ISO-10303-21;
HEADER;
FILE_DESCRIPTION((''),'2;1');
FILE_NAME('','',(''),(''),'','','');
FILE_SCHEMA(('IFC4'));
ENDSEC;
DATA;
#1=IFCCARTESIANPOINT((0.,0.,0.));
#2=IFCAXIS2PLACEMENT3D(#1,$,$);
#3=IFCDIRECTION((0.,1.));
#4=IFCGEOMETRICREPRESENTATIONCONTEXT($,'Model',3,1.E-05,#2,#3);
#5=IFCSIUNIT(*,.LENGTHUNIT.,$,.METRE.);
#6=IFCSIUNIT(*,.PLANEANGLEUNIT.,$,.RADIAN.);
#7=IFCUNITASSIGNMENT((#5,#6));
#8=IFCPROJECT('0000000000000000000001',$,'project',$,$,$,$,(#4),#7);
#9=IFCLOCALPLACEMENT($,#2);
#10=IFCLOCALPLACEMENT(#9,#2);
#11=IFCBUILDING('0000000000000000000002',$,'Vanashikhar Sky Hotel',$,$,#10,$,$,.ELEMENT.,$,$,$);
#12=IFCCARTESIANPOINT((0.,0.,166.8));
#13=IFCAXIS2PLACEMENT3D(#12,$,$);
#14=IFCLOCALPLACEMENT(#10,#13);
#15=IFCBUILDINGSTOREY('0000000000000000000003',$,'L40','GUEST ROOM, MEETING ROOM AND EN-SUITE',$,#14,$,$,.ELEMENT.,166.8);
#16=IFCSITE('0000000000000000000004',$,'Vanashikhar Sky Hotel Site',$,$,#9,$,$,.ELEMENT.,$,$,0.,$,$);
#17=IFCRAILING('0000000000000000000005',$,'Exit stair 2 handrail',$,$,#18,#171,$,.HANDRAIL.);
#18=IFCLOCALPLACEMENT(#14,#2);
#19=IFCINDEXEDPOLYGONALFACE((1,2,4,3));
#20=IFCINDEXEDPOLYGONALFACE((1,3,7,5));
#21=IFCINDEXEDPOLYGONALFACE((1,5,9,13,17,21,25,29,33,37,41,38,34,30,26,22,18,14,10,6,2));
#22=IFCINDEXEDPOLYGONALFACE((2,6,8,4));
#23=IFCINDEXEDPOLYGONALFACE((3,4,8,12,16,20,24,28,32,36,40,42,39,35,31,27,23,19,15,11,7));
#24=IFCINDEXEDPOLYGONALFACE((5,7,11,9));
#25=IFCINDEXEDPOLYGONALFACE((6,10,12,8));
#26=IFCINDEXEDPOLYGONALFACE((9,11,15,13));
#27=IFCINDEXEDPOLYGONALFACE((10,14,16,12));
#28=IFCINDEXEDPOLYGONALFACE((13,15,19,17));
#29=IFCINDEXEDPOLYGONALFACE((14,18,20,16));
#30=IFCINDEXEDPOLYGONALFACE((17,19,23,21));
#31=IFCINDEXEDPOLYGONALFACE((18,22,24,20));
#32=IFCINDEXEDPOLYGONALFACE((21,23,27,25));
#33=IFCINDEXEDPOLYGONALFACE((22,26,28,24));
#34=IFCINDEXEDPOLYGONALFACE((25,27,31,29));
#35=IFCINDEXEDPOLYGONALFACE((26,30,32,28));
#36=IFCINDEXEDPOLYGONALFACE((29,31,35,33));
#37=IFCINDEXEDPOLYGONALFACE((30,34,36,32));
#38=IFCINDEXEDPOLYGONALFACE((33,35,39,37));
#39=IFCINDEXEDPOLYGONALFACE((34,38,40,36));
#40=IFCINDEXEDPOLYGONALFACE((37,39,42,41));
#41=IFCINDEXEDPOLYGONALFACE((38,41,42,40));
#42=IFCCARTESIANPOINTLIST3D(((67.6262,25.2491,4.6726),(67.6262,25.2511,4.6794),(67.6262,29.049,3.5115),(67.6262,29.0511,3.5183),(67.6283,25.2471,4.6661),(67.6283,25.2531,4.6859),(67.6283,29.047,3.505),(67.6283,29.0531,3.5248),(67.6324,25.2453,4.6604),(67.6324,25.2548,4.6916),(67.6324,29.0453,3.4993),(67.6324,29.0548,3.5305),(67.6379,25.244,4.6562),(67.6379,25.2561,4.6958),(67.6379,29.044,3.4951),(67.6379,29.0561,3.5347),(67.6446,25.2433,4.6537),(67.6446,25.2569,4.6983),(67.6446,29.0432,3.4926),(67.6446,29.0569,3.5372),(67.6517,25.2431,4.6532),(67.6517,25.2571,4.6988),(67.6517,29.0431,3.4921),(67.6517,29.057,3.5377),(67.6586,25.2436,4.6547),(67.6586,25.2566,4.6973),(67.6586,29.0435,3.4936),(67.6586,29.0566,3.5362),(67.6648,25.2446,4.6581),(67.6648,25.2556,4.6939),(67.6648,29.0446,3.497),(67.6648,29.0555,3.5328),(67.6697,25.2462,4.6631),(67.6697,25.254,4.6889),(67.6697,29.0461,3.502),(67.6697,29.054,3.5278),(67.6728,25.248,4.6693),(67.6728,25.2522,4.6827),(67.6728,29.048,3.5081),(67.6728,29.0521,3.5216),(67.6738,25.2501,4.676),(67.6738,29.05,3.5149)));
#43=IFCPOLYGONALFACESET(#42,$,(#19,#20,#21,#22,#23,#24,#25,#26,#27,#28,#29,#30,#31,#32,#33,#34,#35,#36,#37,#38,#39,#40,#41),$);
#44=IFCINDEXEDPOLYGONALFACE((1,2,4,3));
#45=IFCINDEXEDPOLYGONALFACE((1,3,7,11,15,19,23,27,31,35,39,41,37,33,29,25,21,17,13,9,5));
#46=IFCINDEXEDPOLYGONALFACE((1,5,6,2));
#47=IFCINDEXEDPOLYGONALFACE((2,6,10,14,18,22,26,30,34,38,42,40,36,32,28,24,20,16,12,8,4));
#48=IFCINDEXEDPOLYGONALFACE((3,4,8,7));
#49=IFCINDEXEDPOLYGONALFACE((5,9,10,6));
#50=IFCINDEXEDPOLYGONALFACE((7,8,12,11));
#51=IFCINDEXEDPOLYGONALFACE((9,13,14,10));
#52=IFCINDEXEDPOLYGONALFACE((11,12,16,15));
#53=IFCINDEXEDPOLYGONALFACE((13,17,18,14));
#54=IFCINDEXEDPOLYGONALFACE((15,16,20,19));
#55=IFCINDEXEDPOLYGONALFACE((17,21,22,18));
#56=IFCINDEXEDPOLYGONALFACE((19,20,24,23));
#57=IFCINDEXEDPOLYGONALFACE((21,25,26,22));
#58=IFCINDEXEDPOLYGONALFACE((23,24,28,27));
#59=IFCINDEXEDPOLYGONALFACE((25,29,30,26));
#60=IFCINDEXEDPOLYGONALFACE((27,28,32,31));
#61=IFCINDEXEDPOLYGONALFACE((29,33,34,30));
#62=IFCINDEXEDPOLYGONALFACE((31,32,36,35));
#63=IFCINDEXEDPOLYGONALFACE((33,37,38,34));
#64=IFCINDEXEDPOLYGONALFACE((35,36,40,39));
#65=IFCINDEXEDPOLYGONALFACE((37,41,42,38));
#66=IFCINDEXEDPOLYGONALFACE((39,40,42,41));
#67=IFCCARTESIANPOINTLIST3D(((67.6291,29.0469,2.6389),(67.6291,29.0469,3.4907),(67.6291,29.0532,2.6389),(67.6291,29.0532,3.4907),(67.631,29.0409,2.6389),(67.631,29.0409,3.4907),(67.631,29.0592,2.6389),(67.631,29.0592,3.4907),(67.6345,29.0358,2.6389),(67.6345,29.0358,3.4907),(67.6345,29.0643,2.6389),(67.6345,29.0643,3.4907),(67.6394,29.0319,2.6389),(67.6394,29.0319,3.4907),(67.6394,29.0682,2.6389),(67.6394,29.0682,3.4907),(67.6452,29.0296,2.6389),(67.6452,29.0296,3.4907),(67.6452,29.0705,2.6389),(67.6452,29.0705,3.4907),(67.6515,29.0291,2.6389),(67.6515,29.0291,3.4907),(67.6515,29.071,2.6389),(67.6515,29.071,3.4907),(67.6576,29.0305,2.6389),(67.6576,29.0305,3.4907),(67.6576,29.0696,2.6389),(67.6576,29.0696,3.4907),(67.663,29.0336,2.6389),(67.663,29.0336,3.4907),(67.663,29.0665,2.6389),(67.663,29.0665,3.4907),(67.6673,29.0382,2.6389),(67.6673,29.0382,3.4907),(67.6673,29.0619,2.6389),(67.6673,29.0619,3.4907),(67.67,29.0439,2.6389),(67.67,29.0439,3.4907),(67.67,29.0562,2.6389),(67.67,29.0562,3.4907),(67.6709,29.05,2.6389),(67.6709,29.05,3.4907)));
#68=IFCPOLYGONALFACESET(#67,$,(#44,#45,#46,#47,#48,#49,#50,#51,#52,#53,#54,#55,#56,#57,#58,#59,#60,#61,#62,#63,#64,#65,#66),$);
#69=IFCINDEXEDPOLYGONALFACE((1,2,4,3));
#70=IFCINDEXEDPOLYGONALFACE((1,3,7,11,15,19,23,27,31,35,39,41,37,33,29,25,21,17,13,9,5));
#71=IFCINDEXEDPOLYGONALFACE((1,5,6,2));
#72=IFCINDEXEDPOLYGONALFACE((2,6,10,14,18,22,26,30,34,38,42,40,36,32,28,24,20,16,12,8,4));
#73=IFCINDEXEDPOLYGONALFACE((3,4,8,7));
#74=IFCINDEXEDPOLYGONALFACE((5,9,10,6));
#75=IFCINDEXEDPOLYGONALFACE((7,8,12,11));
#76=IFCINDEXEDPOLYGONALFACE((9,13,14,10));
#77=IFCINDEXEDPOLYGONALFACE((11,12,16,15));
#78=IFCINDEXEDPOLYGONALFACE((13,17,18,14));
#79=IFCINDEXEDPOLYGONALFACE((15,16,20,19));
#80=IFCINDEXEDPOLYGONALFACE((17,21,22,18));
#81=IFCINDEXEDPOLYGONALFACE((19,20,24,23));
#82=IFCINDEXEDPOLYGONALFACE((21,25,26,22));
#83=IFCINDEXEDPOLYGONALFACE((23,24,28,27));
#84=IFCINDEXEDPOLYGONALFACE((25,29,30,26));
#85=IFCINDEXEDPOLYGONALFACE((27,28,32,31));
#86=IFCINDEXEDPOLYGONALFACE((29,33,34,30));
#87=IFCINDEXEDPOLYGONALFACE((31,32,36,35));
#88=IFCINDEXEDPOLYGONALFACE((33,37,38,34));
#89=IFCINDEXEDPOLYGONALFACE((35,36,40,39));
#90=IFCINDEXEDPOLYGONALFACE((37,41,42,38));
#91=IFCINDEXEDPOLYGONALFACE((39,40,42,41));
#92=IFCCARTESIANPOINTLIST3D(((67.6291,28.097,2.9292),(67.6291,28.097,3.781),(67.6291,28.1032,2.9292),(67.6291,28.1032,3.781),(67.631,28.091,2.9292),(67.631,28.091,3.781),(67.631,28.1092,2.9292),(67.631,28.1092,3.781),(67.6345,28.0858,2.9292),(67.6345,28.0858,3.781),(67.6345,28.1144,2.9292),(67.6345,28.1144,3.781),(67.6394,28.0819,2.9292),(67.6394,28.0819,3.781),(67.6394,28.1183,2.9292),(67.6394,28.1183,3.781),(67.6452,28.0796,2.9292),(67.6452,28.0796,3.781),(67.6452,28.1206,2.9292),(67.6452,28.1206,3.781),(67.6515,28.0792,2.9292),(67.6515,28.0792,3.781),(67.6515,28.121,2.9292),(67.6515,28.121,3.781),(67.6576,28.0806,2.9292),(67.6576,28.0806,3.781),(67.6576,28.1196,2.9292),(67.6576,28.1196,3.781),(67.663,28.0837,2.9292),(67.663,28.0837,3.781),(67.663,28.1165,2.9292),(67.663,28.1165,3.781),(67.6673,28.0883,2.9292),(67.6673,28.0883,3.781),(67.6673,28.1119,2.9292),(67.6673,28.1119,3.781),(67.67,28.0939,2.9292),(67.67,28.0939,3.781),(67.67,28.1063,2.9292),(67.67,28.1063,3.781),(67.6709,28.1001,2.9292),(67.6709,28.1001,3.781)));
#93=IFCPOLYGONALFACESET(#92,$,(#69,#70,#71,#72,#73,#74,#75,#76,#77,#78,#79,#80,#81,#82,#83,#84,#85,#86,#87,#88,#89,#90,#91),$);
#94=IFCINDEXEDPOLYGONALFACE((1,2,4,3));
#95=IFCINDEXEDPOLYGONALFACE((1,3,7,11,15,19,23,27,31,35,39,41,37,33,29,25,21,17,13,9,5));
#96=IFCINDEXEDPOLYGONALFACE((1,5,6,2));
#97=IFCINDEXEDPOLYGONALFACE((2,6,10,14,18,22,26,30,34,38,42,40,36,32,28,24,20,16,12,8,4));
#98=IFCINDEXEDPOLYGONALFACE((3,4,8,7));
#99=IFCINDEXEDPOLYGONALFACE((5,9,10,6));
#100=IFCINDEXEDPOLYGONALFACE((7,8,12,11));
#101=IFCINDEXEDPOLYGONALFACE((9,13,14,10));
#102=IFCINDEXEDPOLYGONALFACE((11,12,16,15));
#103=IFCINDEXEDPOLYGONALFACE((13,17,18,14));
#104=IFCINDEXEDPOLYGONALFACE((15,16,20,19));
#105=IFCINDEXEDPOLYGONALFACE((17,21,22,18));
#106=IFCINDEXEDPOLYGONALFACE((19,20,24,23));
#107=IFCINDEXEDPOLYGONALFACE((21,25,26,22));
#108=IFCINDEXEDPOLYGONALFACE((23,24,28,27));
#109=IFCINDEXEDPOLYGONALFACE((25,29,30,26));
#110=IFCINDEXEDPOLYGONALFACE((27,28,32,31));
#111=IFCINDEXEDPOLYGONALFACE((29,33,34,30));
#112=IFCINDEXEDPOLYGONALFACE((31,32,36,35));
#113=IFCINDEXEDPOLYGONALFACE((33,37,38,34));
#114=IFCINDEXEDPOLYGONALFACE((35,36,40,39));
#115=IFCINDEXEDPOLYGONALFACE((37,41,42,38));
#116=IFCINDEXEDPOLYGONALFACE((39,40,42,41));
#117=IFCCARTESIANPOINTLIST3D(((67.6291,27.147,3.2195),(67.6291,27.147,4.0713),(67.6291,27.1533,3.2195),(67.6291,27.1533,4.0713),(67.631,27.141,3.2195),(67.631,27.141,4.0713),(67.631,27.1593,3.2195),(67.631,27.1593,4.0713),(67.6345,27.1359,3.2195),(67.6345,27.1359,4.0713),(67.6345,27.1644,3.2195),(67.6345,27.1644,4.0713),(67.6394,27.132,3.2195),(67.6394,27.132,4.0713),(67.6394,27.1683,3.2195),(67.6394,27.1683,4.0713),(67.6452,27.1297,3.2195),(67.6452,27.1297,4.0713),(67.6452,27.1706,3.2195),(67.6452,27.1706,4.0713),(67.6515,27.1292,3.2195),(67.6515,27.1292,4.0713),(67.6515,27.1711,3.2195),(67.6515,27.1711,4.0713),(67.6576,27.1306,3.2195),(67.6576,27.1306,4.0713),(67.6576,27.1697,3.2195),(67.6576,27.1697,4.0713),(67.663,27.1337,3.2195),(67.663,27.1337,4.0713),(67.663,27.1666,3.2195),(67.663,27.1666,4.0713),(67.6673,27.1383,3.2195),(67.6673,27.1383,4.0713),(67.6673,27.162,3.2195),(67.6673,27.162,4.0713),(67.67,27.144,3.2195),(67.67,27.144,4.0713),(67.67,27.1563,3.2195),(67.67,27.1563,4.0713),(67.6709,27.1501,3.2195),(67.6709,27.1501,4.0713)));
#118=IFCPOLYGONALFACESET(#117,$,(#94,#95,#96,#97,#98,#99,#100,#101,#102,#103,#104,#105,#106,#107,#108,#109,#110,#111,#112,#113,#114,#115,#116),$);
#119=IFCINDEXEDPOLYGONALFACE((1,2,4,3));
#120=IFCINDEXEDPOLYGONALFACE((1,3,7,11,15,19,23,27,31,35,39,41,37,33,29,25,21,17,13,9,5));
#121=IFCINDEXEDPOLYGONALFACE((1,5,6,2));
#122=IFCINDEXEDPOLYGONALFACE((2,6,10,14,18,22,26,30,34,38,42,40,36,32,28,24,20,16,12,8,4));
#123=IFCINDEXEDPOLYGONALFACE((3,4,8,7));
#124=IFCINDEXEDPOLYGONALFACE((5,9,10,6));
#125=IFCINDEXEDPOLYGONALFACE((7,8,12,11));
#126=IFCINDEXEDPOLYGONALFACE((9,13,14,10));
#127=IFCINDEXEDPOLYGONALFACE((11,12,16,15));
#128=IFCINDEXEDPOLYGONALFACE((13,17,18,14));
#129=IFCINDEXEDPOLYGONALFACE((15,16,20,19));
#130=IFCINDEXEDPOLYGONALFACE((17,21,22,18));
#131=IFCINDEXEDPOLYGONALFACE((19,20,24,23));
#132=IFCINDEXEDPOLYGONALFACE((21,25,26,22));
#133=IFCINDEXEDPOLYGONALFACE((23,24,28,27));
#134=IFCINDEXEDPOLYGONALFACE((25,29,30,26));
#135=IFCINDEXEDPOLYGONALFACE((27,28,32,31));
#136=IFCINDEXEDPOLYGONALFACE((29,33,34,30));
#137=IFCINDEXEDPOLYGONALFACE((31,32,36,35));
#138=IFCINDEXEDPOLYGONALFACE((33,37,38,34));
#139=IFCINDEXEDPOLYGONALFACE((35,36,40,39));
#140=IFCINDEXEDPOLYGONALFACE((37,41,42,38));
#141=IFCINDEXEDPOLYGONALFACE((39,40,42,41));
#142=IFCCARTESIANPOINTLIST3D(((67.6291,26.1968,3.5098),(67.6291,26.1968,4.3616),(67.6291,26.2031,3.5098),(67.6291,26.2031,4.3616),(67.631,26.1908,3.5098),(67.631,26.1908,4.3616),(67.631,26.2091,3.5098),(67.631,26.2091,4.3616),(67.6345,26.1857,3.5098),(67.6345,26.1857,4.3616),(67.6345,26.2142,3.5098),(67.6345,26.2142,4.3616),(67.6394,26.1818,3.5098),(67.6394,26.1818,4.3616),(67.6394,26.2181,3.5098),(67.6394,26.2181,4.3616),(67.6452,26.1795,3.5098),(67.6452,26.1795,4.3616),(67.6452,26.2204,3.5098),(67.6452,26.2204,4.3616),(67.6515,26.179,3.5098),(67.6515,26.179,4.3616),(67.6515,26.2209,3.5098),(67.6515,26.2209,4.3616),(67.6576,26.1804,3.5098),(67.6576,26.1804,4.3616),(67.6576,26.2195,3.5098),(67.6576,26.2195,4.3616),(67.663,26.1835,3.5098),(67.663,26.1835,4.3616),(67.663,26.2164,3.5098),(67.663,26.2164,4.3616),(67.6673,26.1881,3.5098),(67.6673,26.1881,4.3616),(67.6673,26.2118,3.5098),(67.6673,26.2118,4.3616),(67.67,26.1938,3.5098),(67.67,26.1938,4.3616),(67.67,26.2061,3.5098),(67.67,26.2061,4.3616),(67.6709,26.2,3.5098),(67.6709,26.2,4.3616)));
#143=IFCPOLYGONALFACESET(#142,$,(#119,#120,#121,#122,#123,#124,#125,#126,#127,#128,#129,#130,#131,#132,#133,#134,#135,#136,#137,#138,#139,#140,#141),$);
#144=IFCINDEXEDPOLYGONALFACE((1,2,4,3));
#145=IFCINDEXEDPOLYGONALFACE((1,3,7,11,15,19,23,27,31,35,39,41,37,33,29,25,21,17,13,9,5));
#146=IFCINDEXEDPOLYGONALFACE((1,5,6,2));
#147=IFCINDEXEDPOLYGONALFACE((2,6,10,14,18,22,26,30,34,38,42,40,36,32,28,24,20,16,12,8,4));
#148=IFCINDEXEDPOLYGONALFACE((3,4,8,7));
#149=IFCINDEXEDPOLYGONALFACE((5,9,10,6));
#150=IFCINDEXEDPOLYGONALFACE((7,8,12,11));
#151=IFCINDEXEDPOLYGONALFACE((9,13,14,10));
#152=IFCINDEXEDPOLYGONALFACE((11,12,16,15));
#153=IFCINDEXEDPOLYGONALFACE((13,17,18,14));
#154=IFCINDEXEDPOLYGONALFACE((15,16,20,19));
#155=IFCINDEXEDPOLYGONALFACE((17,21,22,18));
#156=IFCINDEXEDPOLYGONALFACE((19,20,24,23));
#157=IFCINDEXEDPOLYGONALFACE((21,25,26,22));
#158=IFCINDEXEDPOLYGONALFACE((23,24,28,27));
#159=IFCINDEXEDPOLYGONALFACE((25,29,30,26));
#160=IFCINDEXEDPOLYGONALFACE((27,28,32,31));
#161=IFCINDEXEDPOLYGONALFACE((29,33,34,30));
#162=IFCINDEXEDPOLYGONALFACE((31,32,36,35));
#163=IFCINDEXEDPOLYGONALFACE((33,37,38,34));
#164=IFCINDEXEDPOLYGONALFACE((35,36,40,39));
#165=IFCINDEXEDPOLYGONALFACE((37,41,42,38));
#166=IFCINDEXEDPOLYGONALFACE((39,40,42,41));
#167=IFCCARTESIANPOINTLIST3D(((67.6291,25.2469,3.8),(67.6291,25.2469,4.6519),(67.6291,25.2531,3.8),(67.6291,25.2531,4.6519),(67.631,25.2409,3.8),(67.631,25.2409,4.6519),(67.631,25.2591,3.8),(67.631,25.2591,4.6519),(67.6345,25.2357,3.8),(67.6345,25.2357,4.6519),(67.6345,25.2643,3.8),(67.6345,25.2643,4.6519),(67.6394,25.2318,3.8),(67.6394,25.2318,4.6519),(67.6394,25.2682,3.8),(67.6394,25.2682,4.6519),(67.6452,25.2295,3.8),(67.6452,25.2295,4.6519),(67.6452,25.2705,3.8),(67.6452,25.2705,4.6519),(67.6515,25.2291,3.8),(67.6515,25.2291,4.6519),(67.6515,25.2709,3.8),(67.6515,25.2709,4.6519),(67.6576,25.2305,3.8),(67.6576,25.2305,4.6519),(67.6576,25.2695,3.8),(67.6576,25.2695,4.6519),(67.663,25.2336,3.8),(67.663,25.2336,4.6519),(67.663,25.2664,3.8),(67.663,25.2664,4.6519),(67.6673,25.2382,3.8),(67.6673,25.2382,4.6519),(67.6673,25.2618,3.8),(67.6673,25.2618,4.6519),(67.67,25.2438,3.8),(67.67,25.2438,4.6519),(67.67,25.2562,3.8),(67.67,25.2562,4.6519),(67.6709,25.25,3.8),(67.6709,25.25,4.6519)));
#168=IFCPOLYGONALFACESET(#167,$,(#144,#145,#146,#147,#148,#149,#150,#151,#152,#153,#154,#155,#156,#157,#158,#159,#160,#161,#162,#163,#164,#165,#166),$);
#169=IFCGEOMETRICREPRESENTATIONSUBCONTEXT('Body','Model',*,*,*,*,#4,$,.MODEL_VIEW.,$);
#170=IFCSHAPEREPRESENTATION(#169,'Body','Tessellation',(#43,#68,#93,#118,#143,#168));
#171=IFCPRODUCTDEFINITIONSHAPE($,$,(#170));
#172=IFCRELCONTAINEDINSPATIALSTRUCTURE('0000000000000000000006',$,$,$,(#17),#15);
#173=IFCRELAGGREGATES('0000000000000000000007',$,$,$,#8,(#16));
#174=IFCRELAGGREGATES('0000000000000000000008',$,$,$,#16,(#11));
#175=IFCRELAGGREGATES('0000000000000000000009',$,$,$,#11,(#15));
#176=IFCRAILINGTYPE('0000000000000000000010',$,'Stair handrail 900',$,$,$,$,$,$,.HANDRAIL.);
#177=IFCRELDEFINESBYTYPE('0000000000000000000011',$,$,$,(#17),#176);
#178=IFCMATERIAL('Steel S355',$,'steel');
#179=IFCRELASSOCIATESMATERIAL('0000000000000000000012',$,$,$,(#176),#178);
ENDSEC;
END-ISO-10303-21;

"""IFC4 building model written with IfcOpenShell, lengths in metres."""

from ifc_helpers import new_model, si_unit, direction, frame, origin, origin_2d, place, context, subcontext, project, spatial, circle, extrude, source, transform, mapped, material, type_object, element, save


model = new_model("IFC4")

# Units and contexts
model_context = context("Model", 3, precision=1e-05, world=origin(), true_north=direction((0.0, 1.0)))
body_context = subcontext(model_context, "Body", "Model", "MODEL_VIEW")
ifc_project = project(units=[si_unit("LENGTHUNIT", "METRE"), si_unit("PLANEANGLEUNIT", "RADIAN")], contexts=[model_context])

# Site, building, storey
site_placement = place(None, origin())
site = spatial("IfcSite", under=ifc_project, at=site_placement, Name="Vanashikhar Sky Hotel Site", CompositionType="ELEMENT", RefElevation=0.0)
building_placement = place(site_placement, origin())
building = spatial("IfcBuilding", under=site, at=building_placement, Name="Vanashikhar Sky Hotel", CompositionType="ELEMENT")
storey_placement = place(building_placement, frame((0.0, 0.0, 166.8)))
storey = spatial("IfcBuildingStorey", under=building, at=storey_placement, Name="L40", Description="GUEST ROOM, MEETING ROOM AND EN-SUITE", CompositionType="ELEMENT", Elevation=166.8)

# Railing
ifc_material_1 = material(Name="Steel S355", Category="steel")
railing_type = type_object("IfcRailingType", Name="Stair handrail 900", PredefinedType="HANDRAIL", material=ifc_material_1)
shared_shape_1 = source(origin(), body_context, "Body", "SweptSolid", [
    extrude(circle(Radius=0.0239, at=origin_2d()), frame((0.0, 0.0, 0.876), z_axis=(0.0, -0.956351, 0.29222), x_axis=(1.0, 0.0, 0.0)), (0.0, 0.0, 1.0), 3.9734),
    extrude(circle(Radius=0.021, at=origin_2d()), origin(), (0.0, 0.0, 1.0), 0.8518),
    extrude(circle(Radius=0.021, at=origin_2d()), frame((0.0, -0.95, 0.2903)), (0.0, 0.0, 1.0), 0.8518),
    extrude(circle(Radius=0.021, at=origin_2d()), frame((0.0, -1.8999, 0.5806)), (0.0, 0.0, 1.0), 0.8518),
    extrude(circle(Radius=0.021, at=origin_2d()), frame((0.0, -2.8501, 0.8708)), (0.0, 0.0, 1.0), 0.8518),
    extrude(circle(Radius=0.021, at=origin_2d()), frame((0.0, -3.8, 1.1611)), (0.0, 0.0, 1.0), 0.8518),
])
for number, where, name in (
    (1, (67.6499, 29.05, 2.6389), "Exit stair 2 handrail"),
):
    element("IfcRailing", number, at=place(storey_placement, frame(where)), inside=storey, type_object=railing_type, Name=name, PredefinedType="HANDRAIL", context=body_context, shape_type="MappedRepresentation", body=[
        mapped(shared_shape_1, transform((0.0, 0.0, 0.0), scale=1.0)),
    ])

save(model, "model.ifc")
